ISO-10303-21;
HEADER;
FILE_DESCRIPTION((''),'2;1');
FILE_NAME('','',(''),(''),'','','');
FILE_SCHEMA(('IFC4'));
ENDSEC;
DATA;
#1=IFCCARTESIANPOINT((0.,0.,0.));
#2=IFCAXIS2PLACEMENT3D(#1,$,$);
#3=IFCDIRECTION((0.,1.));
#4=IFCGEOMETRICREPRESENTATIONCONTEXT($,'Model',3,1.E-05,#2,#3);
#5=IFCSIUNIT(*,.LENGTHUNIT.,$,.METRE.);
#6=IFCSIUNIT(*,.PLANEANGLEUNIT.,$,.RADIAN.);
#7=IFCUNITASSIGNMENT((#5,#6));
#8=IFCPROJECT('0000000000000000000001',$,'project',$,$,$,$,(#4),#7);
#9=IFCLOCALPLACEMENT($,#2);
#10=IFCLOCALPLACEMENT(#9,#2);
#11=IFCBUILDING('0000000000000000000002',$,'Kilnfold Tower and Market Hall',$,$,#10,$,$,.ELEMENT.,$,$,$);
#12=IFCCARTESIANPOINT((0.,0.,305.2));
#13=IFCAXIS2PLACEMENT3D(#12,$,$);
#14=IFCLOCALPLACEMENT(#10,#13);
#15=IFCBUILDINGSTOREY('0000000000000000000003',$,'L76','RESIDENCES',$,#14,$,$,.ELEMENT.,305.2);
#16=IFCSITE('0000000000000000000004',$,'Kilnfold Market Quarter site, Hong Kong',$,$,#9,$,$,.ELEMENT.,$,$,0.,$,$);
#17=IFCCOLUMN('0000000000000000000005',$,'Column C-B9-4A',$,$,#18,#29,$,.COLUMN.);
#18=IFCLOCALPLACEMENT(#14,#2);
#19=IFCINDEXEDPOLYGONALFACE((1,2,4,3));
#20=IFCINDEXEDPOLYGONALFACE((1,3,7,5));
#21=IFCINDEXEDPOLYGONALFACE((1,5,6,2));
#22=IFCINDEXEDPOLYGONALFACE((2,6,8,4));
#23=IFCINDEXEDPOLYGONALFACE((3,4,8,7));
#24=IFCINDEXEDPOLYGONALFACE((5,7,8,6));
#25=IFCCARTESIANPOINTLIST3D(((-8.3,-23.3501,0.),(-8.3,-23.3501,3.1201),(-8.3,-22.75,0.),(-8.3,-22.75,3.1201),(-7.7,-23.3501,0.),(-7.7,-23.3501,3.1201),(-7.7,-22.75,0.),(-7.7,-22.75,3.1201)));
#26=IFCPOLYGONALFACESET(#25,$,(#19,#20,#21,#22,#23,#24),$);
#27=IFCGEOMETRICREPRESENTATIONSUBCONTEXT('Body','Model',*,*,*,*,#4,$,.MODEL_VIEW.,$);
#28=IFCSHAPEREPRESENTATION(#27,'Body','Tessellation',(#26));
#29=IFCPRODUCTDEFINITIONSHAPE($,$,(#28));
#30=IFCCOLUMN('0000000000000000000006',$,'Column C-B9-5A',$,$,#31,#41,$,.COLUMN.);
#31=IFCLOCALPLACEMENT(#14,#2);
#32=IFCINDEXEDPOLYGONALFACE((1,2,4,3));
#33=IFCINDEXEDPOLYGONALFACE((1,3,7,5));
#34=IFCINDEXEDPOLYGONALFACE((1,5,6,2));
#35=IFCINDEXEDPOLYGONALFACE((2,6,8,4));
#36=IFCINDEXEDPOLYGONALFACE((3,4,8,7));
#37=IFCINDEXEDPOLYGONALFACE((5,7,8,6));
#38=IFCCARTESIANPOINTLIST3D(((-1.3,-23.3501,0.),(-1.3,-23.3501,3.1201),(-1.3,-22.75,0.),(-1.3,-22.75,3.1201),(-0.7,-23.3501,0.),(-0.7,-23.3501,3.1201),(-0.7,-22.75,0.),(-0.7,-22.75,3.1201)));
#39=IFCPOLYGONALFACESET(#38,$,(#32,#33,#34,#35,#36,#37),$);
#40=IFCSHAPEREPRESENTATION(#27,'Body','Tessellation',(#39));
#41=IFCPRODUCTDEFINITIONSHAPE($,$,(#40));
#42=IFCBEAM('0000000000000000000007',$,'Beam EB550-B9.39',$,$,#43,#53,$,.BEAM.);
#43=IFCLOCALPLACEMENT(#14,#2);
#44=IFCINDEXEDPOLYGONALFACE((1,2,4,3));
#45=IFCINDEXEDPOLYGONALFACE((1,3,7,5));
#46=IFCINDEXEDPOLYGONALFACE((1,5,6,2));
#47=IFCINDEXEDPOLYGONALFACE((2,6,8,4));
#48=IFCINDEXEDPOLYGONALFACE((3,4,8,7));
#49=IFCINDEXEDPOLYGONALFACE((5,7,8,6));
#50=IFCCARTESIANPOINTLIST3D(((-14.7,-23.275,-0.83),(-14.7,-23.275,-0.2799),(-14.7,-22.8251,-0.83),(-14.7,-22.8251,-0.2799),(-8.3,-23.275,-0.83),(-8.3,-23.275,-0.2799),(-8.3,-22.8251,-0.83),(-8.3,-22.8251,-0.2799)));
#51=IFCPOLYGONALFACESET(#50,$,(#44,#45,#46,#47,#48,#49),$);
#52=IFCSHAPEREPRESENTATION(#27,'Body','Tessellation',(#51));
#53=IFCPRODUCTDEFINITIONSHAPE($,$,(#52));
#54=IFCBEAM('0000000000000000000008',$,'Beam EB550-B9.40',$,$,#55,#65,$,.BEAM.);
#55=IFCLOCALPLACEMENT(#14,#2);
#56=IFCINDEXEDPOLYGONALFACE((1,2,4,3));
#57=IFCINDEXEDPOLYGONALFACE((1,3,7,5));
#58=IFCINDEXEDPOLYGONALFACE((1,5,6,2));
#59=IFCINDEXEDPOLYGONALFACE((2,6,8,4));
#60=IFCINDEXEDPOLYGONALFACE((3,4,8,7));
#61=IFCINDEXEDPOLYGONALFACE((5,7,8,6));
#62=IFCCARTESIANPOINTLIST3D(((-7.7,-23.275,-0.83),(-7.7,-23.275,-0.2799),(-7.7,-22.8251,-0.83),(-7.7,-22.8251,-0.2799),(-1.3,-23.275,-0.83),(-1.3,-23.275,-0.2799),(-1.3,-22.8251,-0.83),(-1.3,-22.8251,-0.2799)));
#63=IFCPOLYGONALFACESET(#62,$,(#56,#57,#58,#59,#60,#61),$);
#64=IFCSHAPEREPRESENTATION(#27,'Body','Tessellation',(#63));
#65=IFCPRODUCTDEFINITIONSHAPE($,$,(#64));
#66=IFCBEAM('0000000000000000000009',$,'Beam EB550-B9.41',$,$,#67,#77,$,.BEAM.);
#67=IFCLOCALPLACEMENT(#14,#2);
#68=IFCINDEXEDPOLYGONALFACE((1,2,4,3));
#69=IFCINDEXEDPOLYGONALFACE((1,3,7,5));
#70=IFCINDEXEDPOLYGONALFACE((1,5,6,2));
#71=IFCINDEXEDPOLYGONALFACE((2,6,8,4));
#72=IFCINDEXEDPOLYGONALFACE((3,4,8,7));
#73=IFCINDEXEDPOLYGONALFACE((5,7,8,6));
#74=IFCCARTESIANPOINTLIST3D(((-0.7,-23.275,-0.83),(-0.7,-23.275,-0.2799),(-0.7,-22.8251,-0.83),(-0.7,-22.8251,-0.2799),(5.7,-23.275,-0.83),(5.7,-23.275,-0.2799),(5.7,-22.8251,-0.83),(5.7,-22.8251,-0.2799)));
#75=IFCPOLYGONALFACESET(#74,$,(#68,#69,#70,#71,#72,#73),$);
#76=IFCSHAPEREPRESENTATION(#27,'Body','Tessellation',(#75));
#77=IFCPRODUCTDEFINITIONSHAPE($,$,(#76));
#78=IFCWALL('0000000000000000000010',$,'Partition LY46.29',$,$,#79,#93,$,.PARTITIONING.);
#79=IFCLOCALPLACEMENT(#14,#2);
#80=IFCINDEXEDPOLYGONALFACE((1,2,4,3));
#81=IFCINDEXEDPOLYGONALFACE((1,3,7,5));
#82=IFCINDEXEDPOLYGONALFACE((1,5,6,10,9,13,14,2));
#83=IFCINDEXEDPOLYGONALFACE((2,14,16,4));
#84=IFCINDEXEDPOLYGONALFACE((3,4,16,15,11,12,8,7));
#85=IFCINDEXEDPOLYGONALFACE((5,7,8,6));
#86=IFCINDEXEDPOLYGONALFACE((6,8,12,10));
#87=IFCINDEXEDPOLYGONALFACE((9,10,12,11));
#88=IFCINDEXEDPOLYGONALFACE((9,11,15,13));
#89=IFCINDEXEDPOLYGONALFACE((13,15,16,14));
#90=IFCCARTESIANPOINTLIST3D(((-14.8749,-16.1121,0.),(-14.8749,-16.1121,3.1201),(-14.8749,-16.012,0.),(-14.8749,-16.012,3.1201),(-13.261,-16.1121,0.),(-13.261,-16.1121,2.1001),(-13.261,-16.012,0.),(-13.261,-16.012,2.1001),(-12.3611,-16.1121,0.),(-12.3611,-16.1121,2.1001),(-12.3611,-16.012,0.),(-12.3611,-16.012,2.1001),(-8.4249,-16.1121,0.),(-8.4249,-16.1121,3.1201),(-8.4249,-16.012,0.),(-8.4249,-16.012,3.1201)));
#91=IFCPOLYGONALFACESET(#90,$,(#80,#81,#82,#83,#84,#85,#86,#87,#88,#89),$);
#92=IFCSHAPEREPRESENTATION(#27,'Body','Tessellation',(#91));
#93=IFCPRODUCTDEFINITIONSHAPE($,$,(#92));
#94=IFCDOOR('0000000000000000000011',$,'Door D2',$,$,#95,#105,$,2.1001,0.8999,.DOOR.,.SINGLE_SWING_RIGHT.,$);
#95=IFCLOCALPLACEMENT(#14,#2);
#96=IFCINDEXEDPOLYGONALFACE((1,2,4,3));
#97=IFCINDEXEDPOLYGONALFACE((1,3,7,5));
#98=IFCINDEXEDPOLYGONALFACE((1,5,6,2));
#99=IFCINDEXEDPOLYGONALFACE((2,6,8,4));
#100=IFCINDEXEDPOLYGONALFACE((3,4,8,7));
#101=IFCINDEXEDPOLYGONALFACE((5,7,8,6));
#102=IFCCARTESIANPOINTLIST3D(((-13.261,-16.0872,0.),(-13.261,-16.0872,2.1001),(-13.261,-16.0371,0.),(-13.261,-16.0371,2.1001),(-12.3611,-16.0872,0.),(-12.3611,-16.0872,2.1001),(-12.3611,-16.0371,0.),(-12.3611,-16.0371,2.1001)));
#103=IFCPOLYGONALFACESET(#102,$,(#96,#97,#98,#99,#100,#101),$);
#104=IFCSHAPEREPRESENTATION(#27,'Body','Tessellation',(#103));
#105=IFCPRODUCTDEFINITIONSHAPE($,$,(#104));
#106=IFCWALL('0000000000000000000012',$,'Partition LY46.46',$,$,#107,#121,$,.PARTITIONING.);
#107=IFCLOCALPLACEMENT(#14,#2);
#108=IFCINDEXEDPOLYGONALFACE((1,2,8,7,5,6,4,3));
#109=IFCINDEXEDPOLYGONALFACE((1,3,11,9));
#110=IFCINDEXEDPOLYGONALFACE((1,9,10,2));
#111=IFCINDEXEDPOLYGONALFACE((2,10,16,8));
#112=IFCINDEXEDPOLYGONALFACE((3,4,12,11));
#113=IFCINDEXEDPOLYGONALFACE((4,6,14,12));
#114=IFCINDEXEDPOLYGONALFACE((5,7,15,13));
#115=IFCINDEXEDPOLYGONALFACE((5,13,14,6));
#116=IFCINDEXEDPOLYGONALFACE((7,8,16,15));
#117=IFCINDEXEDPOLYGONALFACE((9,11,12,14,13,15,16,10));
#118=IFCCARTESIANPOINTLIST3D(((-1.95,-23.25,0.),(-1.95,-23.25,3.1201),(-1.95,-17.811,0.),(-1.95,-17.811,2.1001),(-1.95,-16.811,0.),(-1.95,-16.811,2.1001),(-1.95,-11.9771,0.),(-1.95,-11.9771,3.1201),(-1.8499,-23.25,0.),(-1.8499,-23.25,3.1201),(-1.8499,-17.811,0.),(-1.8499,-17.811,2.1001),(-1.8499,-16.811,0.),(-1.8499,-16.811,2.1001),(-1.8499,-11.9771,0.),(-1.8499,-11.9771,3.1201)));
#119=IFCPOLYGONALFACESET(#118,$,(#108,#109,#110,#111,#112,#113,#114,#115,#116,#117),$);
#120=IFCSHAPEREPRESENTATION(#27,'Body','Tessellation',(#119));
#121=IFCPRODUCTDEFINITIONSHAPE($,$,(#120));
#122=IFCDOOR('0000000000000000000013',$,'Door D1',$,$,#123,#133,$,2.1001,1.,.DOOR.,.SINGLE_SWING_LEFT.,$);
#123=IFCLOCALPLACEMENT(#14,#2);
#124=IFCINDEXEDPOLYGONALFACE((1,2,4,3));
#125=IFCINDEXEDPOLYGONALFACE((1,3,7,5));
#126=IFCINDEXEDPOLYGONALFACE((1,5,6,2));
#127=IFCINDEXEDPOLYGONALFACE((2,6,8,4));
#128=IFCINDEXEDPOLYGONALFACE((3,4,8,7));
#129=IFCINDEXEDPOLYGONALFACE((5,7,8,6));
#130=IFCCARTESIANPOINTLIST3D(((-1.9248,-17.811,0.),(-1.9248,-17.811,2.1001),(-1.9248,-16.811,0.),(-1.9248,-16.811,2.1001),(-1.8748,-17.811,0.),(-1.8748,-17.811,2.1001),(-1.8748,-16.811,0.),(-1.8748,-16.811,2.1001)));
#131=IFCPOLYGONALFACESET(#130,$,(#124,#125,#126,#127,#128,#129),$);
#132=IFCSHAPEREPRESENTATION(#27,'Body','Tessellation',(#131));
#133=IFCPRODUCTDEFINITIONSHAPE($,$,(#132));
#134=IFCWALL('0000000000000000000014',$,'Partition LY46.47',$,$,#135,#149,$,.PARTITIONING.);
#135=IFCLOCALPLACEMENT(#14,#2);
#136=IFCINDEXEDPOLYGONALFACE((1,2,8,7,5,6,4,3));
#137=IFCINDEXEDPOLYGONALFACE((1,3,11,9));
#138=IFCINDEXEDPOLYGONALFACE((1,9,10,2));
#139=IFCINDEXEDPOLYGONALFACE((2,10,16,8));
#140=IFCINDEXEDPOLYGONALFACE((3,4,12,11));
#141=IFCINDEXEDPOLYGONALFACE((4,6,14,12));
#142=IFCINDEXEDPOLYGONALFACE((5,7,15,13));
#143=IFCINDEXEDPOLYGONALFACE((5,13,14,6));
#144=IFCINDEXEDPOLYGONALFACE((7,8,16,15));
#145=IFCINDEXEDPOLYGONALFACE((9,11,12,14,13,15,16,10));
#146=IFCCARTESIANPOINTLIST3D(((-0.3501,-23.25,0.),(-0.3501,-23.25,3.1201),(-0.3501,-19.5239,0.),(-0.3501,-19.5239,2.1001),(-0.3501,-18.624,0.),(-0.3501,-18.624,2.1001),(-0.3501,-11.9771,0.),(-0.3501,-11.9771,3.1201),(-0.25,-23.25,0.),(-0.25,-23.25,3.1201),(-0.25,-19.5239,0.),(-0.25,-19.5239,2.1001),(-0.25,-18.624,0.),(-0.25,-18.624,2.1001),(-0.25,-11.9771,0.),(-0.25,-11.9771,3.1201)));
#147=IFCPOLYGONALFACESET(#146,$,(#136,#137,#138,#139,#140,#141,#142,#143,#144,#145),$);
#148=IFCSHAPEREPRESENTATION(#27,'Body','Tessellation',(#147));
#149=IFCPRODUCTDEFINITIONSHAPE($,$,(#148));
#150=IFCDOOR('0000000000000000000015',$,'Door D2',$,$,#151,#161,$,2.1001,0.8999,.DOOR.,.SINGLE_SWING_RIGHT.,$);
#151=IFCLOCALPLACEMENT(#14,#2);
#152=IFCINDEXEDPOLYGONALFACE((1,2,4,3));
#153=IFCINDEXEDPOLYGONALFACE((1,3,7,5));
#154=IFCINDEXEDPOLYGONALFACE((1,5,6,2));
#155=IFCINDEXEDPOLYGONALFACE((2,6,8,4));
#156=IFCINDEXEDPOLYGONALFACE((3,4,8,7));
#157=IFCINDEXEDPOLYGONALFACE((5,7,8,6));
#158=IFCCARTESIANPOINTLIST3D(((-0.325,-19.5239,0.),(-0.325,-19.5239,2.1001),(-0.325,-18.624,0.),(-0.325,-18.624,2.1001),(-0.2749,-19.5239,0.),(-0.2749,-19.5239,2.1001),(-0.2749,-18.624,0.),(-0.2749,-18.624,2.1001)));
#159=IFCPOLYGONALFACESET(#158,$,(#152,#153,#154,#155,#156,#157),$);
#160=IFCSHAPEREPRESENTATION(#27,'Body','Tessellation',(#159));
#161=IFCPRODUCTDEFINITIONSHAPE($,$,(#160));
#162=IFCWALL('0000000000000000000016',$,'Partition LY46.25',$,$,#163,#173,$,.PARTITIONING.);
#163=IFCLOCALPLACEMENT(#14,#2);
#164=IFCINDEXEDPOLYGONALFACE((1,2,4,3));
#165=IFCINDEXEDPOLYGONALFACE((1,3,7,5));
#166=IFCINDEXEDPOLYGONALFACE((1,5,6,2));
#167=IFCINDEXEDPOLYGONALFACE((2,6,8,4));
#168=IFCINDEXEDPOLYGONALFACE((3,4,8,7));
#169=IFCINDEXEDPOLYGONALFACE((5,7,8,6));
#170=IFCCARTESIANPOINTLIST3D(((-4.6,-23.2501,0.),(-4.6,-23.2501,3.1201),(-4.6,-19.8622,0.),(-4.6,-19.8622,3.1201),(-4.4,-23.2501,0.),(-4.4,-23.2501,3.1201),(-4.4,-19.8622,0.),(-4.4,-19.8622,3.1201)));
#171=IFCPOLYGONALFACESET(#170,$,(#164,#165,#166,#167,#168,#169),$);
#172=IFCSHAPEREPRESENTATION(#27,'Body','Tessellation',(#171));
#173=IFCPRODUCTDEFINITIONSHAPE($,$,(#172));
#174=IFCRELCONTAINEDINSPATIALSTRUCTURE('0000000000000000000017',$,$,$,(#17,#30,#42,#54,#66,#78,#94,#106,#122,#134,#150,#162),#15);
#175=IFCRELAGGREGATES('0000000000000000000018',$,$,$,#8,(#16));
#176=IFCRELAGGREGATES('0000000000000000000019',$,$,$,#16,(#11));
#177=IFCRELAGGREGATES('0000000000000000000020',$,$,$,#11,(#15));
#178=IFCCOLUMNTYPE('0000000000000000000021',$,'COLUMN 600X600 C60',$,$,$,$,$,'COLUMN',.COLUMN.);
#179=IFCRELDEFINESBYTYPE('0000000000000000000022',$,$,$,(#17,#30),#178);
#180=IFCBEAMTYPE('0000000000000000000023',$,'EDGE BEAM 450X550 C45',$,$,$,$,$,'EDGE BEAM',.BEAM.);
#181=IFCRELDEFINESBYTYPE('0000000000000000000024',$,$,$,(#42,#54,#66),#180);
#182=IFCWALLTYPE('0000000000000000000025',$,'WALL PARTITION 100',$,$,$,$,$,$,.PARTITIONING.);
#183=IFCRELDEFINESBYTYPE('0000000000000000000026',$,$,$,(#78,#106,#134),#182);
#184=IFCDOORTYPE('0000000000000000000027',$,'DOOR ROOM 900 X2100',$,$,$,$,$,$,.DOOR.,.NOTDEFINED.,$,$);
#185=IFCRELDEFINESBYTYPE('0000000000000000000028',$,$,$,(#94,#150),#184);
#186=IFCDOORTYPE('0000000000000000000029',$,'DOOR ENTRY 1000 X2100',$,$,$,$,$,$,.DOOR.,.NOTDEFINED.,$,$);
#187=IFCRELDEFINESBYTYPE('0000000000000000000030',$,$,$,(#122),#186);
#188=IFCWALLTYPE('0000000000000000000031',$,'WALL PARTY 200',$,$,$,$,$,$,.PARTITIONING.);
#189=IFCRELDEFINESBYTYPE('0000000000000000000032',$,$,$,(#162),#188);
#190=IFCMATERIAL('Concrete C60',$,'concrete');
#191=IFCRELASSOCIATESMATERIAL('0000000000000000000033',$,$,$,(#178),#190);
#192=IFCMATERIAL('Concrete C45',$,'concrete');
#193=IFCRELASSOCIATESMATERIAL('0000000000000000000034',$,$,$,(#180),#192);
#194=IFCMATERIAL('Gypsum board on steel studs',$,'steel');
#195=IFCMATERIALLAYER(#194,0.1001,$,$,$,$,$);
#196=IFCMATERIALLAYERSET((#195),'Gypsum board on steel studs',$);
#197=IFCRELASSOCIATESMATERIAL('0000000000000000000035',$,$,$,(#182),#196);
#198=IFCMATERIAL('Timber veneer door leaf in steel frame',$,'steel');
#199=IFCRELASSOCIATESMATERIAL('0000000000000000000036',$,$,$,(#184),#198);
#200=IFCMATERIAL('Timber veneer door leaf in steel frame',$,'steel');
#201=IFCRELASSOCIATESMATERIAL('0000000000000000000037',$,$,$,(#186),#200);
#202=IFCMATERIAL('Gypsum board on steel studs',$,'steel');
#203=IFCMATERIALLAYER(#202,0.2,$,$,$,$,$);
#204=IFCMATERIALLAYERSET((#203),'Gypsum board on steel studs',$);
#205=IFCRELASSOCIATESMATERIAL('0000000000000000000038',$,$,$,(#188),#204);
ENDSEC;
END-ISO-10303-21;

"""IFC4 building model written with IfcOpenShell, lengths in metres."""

from ifc_helpers import new_model, si_unit, direction, frame, frame_2d, origin, origin_2d, place, context, subcontext, project, spatial, rectangle, extrude, source, transform, mapped, material, layer, layer_set, material_profile, profile_set, type_object, element, fill, save


model = new_model("IFC4")

# Units and contexts
model_context = context("Model", 3, precision=1e-05, world=origin(), true_north=direction((0.0, 1.0)))
body_context = subcontext(model_context, "Body", "Model", "MODEL_VIEW")
ifc_project = project(units=[si_unit("LENGTHUNIT", "METRE"), si_unit("PLANEANGLEUNIT", "RADIAN")], contexts=[model_context])

# Site, building, storey
site_placement = place(None, origin())
site = spatial("IfcSite", under=ifc_project, at=site_placement, Name="Kilnfold Market Quarter site, Hong Kong", CompositionType="ELEMENT", RefElevation=0.0)
building_placement = place(site_placement, origin())
building = spatial("IfcBuilding", under=site, at=building_placement, Name="Kilnfold Tower and Market Hall", CompositionType="ELEMENT")
storey_placement = place(building_placement, frame((0.0, 0.0, 305.2)))
storey = spatial("IfcBuildingStorey", under=building, at=storey_placement, Name="L76", Description="RESIDENCES", CompositionType="ELEMENT", Elevation=305.2)

# Columns
ifc_material_1 = material(Name="Concrete C60", Category="concrete")
ifc_material_profile_1 = material_profile(ifc_material_1, rectangle(XDim=0.6001, YDim=0.6001, at=origin_2d()), Name="RC 600x600")
ifc_profile_set_1 = profile_set([ifc_material_profile_1], Name="Concrete C60")
column_type = type_object("IfcColumnType", Name="COLUMN 600X600 C60", ElementType="COLUMN", PredefinedType="COLUMN", material=ifc_profile_set_1)
shared_shape_1 = source(origin(), body_context, "Body", "SweptSolid", [
    extrude(rectangle(XDim=0.6001, YDim=0.6001, at=origin_2d()), origin(), (0.0, 0.0, 1.0), 3.1201),
])
for number, where, z_axis, x_axis, name in (
    (1, (-8.0, -23.05, 0.0), (0.0, 0.0, 1.0), (1.0, 0.0, 0.0), "Column C-B9-4A"),
    (2, (-1.0, -23.05, 0.0), (0.0, 0.0, 1.0), (1.0, 0.0, 0.0), "Column C-B9-5A"),
):
    element("IfcColumn", number, at=place(storey_placement, frame(where, z_axis=z_axis, x_axis=x_axis)), inside=storey, type_object=column_type, Name=name, PredefinedType="COLUMN", context=body_context, shape_type="MappedRepresentation", body=[
        mapped(shared_shape_1, transform((0.0, 0.0, 0.0))),
    ])

# Beams
ifc_material_2 = material(Name="Concrete C45", Category="concrete")
ifc_material_profile_2 = material_profile(ifc_material_2, rectangle(XDim=0.45, YDim=0.55, at=origin_2d()), Name="RC 450x550")
ifc_profile_set_2 = profile_set([ifc_material_profile_2], Name="Concrete C45")
beam_type = type_object("IfcBeamType", Name="EDGE BEAM 450X550 C45", ElementType="EDGE BEAM", PredefinedType="BEAM", material=ifc_profile_set_2)
shared_shape_2 = source(origin(), body_context, "Body", "SweptSolid", [
    extrude(rectangle(XDim=0.45, YDim=0.55, at=origin_2d()), origin(), (0.0, 0.0, 1.0), 6.3999),
])
for number, where, z_axis, x_axis, name in (
    (3, (-14.7, -23.05, -0.5549), (1.0, 0.0, 0.0), (0.0, 1.0, 0.0), "Beam EB550-B9.39"),
    (4, (-7.7, -23.05, -0.5549), (1.0, 0.0, 0.0), (0.0, 1.0, 0.0), "Beam EB550-B9.40"),
    (5, (-0.7, -23.05, -0.5549), (1.0, 0.0, 0.0), (0.0, 1.0, 0.0), "Beam EB550-B9.41"),
):
    element("IfcBeam", number, at=place(storey_placement, frame(where, z_axis=z_axis, x_axis=x_axis)), inside=storey, type_object=beam_type, Name=name, PredefinedType="BEAM", context=body_context, shape_type="MappedRepresentation", body=[
        mapped(shared_shape_2, transform((0.0, 0.0, 0.0))),
    ])

# Walls, openings, doors
ifc_material_3 = material(Name="Gypsum board on steel studs", Category="steel")
ifc_layer_1 = layer(ifc_material_3, 0.1001)
ifc_layer_set_1 = layer_set([ifc_layer_1], Name="Gypsum board on steel studs")
wall_type_1 = type_object("IfcWallType", Name="WALL PARTITION 100", PredefinedType="PARTITIONING", material=ifc_layer_set_1)
wall_1_placement = place(storey_placement, frame((-14.875, -16.062, 0.0), z_axis=(0.0, 0.0, 1.0), x_axis=(1.0, 0.0, 0.0)))
wall_1 = element("IfcWall", 6, at=wall_1_placement, inside=storey, type_object=wall_type_1, Name="Partition LY46.29", PredefinedType="PARTITIONING", context=body_context, shape_type="SweptSolid", body=[
    extrude(rectangle(XDim=6.45, YDim=0.1001, at=frame_2d((3.2251, 0.0))), origin(), (0.0, 0.0, 1.0), 3.1201),
])
opening_1_placement = place(wall_1_placement, frame((1.614, 0.0, 0.0)))
opening_1 = element("IfcOpeningElement", 7, at=opening_1_placement, cuts=wall_1, PredefinedType="OPENING", context=body_context, shape_type="SweptSolid", body=[
    extrude(rectangle(XDim=0.8999, YDim=2.1001, at=frame_2d((0.45, 1.05))), frame((0.0, 0.0601, 0.0), z_axis=(0.0, -1.0, 0.0), x_axis=(1.0, 0.0, 0.0)), (0.0, 0.0, 1.0), 0.1201),
])
ifc_material_4 = material(Name="Timber veneer door leaf in steel frame", Category="steel")
door_type_1 = type_object("IfcDoorType", Name="DOOR ROOM 900 X2100", OperationType="NOTDEFINED", PredefinedType="DOOR", material=ifc_material_4)
door_1_placement = place(opening_1_placement, origin())
door_1 = element("IfcDoor", 8, at=door_1_placement, inside=storey, type_object=door_type_1, Name="Door D2", OperationType="SINGLE_SWING_RIGHT", OverallHeight=2.1001, OverallWidth=0.8999, PredefinedType="DOOR", context=body_context, shape_type="SweptSolid", body=[
    extrude(rectangle(XDim=0.8999, YDim=2.1001, at=frame_2d((0.45, 1.05))), frame((0.0, 0.0249, 0.0), z_axis=(0.0, -1.0, 0.0), x_axis=(1.0, 0.0, 0.0)), (0.0, 0.0, 1.0), 0.05),
])
fill(opening_1, door_1)
wall_2_placement = place(storey_placement, frame((-1.8999, -23.25, 0.0), z_axis=(0.0, 0.0, 1.0), x_axis=(0.0, 1.0, 0.0)))
wall_2 = element("IfcWall", 9, at=wall_2_placement, inside=storey, type_object=wall_type_1, Name="Partition LY46.46", PredefinedType="PARTITIONING", context=body_context, shape_type="SweptSolid", body=[
    extrude(rectangle(XDim=11.2729, YDim=0.1001, at=frame_2d((5.6365, 0.0))), origin(), (0.0, 0.0, 1.0), 3.1201),
])
opening_2_placement = place(wall_2_placement, frame((5.439, 0.0, 0.0)))
opening_2 = element("IfcOpeningElement", 10, at=opening_2_placement, cuts=wall_2, PredefinedType="OPENING", context=body_context, shape_type="SweptSolid", body=[
    extrude(rectangle(XDim=1.0, YDim=2.1001, at=frame_2d((0.5, 1.05))), frame((0.0, 0.0601, 0.0), z_axis=(0.0, -1.0, 0.0), x_axis=(1.0, 0.0, 0.0)), (0.0, 0.0, 1.0), 0.1201),
])
ifc_material_5 = material(Name="Timber veneer door leaf in steel frame", Category="steel")
door_type_2 = type_object("IfcDoorType", Name="DOOR ENTRY 1000 X2100", OperationType="NOTDEFINED", PredefinedType="DOOR", material=ifc_material_5)
door_2_placement = place(opening_2_placement, origin())
door_2 = element("IfcDoor", 11, at=door_2_placement, inside=storey, type_object=door_type_2, Name="Door D1", OperationType="SINGLE_SWING_LEFT", OverallHeight=2.1001, OverallWidth=1.0, PredefinedType="DOOR", context=body_context, shape_type="SweptSolid", body=[
    extrude(rectangle(XDim=1.0, YDim=2.1001, at=frame_2d((0.5, 1.05))), frame((0.0, 0.0249, 0.0), z_axis=(0.0, -1.0, 0.0), x_axis=(1.0, 0.0, 0.0)), (0.0, 0.0, 1.0), 0.05),
])
fill(opening_2, door_2)
wall_3_placement = place(storey_placement, frame((-0.3, -23.25, 0.0), z_axis=(0.0, 0.0, 1.0), x_axis=(0.0, 1.0, 0.0)))
wall_3 = element("IfcWall", 12, at=wall_3_placement, inside=storey, type_object=wall_type_1, Name="Partition LY46.47", PredefinedType="PARTITIONING", context=body_context, shape_type="SweptSolid", body=[
    extrude(rectangle(XDim=11.2729, YDim=0.1001, at=frame_2d((5.6365, 0.0))), origin(), (0.0, 0.0, 1.0), 3.1201),
])
opening_3_placement = place(wall_3_placement, frame((3.7261, 0.0, 0.0)))
opening_3 = element("IfcOpeningElement", 13, at=opening_3_placement, cuts=wall_3, PredefinedType="OPENING", context=body_context, shape_type="SweptSolid", body=[
    extrude(rectangle(XDim=0.8999, YDim=2.1001, at=frame_2d((0.45, 1.05))), frame((0.0, 0.0601, 0.0), z_axis=(0.0, -1.0, 0.0), x_axis=(1.0, 0.0, 0.0)), (0.0, 0.0, 1.0), 0.1201),
])
door_3_placement = place(opening_3_placement, origin())
door_3 = element("IfcDoor", 14, at=door_3_placement, inside=storey, type_object=door_type_1, Name="Door D2", OperationType="SINGLE_SWING_RIGHT", OverallHeight=2.1001, OverallWidth=0.8999, PredefinedType="DOOR", context=body_context, shape_type="SweptSolid", body=[
    extrude(rectangle(XDim=0.8999, YDim=2.1001, at=frame_2d((0.45, 1.05))), frame((0.0, 0.0249, 0.0), z_axis=(0.0, -1.0, 0.0), x_axis=(1.0, 0.0, 0.0)), (0.0, 0.0, 1.0), 0.05),
])
fill(opening_3, door_3)

# Wall
ifc_material_6 = material(Name="Gypsum board on steel studs", Category="steel")
ifc_layer_2 = layer(ifc_material_6, 0.2)
ifc_layer_set_2 = layer_set([ifc_layer_2], Name="Gypsum board on steel studs")
wall_type_2 = type_object("IfcWallType", Name="WALL PARTY 200", PredefinedType="PARTITIONING", material=ifc_layer_set_2)
wall_4_placement = place(storey_placement, frame((-4.5, -23.25, 0.0), z_axis=(0.0, 0.0, 1.0), x_axis=(0.0, 1.0, 0.0)))
element("IfcWall", 15, at=wall_4_placement, inside=storey, type_object=wall_type_2, Name="Partition LY46.25", PredefinedType="PARTITIONING", context=body_context, shape_type="SweptSolid", body=[
    extrude(rectangle(XDim=3.3879, YDim=0.2, at=frame_2d((1.6938, 0.0))), origin(), (0.0, 0.0, 1.0), 3.1201),
])

save(model, "model.ifc")
